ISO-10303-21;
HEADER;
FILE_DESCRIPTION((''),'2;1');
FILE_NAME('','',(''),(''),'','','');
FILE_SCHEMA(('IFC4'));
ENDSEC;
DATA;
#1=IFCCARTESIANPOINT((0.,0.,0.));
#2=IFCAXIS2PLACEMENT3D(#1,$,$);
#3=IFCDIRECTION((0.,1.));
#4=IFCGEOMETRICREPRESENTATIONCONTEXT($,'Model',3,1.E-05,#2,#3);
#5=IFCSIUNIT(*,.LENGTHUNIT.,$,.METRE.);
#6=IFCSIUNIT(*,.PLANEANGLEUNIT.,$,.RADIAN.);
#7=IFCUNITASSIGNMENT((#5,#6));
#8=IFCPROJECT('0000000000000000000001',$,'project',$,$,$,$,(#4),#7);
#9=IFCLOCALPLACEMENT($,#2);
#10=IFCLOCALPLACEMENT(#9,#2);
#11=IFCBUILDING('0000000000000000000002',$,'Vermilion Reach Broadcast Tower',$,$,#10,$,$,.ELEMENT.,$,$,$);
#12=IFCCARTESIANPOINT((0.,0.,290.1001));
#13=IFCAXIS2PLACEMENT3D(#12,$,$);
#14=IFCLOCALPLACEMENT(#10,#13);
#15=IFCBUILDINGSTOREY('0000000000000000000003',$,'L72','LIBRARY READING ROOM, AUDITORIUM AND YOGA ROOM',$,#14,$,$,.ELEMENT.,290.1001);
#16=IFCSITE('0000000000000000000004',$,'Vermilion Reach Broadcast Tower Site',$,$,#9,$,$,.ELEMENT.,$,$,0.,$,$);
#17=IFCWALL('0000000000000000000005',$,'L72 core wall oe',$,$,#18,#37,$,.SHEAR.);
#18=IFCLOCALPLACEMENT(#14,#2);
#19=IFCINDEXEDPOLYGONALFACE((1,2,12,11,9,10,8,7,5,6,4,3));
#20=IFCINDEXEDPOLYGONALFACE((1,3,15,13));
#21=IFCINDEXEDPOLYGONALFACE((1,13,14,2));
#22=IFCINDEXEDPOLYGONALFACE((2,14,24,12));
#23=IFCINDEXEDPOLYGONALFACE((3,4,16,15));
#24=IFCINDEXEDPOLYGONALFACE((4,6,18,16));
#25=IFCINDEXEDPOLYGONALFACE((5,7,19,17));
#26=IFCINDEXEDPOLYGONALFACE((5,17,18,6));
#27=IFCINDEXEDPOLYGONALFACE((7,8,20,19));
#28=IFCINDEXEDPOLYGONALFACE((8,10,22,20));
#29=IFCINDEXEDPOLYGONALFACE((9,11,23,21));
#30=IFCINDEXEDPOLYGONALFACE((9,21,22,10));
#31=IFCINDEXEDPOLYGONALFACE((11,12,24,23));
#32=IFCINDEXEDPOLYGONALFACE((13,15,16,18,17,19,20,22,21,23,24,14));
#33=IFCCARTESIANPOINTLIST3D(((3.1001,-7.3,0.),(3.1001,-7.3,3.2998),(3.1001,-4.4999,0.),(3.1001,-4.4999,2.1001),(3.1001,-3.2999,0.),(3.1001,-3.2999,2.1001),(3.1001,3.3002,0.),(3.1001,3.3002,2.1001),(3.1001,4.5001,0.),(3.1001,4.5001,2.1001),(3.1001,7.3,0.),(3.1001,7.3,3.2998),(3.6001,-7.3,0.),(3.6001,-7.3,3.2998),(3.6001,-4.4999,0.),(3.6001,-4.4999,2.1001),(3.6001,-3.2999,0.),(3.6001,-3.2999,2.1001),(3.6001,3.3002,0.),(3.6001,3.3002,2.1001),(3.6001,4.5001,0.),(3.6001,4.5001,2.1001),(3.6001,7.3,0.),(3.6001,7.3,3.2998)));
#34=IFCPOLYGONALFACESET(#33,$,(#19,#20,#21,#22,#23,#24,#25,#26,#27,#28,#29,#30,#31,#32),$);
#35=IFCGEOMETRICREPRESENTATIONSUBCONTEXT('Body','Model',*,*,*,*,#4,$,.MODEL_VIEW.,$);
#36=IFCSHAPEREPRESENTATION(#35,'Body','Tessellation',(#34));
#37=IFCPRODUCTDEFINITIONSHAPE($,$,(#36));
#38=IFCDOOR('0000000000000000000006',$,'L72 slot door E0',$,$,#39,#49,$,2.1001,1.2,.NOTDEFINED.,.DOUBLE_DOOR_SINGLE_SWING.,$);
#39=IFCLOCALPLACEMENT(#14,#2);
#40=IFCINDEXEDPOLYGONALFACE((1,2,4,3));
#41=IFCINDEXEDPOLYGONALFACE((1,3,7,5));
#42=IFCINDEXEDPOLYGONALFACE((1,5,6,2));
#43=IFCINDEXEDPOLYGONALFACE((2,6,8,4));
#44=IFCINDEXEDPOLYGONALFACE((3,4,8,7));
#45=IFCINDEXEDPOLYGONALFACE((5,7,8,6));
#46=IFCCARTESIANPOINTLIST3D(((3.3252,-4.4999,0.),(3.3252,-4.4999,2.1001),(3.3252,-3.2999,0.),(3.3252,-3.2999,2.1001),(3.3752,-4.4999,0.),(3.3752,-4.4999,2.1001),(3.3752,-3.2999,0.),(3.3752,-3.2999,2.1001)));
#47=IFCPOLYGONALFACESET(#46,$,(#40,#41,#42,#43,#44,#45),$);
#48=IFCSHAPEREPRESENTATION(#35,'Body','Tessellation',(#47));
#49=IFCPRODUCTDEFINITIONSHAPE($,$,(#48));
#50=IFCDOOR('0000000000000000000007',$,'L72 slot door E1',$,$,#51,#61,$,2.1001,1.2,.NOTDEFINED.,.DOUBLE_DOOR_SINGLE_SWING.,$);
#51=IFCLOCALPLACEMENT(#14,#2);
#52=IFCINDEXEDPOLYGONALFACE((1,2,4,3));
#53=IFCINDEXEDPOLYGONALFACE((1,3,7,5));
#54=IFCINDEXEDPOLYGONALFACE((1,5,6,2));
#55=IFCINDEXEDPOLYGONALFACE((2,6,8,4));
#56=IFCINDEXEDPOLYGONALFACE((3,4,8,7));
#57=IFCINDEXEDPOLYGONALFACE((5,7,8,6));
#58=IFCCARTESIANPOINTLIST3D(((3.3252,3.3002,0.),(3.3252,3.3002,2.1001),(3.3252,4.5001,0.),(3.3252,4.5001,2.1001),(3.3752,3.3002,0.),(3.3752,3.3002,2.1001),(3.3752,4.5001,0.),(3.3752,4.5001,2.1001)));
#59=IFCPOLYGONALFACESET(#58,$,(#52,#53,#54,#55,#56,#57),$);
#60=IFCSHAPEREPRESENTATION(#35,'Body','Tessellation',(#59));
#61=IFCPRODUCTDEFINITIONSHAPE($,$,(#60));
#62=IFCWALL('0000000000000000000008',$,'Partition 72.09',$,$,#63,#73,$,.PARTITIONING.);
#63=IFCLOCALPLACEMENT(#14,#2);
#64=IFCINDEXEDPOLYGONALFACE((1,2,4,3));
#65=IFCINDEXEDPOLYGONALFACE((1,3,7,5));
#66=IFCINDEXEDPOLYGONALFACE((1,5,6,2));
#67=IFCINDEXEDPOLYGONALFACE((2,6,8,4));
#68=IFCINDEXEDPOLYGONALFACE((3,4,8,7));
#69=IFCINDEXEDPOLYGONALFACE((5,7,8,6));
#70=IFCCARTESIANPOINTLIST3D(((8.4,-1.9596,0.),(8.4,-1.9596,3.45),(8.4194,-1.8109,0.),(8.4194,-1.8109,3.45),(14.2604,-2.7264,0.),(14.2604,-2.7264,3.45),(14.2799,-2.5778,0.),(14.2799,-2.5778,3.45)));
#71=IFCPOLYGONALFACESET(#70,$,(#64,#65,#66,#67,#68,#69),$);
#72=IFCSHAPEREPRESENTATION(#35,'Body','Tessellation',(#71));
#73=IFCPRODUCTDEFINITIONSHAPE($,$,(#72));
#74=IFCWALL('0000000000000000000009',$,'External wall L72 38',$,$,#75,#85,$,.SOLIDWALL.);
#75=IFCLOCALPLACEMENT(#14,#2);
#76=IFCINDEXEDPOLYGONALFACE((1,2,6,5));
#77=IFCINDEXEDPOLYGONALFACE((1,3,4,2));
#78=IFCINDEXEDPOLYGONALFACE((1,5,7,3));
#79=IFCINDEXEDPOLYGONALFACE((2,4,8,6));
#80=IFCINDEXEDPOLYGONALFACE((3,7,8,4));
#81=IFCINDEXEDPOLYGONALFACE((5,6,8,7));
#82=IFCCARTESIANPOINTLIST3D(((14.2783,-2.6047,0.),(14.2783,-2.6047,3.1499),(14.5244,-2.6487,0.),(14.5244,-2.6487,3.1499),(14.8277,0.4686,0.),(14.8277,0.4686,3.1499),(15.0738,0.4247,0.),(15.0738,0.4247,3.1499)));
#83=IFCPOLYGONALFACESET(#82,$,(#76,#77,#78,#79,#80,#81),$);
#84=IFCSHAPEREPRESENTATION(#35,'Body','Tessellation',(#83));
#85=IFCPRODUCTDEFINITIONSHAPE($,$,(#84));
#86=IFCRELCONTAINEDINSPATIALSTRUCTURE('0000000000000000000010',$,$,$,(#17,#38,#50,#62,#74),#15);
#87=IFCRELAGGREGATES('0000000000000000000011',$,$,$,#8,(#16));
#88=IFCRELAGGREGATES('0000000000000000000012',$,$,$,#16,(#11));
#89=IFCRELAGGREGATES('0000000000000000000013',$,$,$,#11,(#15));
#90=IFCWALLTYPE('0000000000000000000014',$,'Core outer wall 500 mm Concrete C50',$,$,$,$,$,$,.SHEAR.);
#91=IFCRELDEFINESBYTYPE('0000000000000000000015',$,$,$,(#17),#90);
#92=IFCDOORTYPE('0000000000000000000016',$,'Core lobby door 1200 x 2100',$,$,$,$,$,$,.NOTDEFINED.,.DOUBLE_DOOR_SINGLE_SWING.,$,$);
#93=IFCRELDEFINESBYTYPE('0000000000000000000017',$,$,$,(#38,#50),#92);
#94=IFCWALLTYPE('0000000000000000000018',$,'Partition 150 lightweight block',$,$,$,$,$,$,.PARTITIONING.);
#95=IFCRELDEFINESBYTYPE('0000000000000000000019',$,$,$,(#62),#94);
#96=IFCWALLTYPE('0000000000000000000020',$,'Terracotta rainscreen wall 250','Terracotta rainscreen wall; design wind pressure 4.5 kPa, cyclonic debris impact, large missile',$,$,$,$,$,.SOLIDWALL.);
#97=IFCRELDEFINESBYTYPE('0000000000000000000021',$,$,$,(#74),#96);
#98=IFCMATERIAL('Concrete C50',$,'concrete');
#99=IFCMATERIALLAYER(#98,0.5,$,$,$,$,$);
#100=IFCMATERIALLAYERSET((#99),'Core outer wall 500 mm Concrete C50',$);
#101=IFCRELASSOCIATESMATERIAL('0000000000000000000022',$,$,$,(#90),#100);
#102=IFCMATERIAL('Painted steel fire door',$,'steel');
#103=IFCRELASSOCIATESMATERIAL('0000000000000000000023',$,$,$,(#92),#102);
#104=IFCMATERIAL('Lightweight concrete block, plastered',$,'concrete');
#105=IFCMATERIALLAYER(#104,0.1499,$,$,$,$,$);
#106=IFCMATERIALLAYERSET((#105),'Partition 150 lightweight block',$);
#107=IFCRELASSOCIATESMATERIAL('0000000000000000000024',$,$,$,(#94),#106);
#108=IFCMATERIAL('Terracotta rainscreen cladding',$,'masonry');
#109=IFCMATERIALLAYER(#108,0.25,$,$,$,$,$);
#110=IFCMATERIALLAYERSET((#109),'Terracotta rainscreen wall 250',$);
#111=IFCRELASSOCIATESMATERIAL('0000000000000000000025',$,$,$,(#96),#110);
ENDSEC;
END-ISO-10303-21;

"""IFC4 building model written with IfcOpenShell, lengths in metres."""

from ifc_helpers import new_model, si_unit, direction, frame, frame_2d, origin, place, context, subcontext, project, spatial, rectangle, extrude, material, layer, layer_set, type_object, element, fill, save


model = new_model("IFC4")

# Units and contexts
model_context = context("Model", 3, precision=1e-05, world=origin(), true_north=direction((0.0, 1.0)))
body_context = subcontext(model_context, "Body", "Model", "MODEL_VIEW")
ifc_project = project(units=[si_unit("LENGTHUNIT", "METRE"), si_unit("PLANEANGLEUNIT", "RADIAN")], contexts=[model_context])

# Site, building, storey
site_placement = place(None, origin())
site = spatial("IfcSite", under=ifc_project, at=site_placement, Name="Vermilion Reach Broadcast Tower Site", CompositionType="ELEMENT", RefElevation=0.0)
building_placement = place(site_placement, origin())
building = spatial("IfcBuilding", under=site, at=building_placement, Name="Vermilion Reach Broadcast Tower", CompositionType="ELEMENT")
storey_placement = place(building_placement, frame((0.0, 0.0, 290.1001)))
storey = spatial("IfcBuildingStorey", under=building, at=storey_placement, Name="L72", Description="LIBRARY READING ROOM, AUDITORIUM AND YOGA ROOM", CompositionType="ELEMENT", Elevation=290.1001)

# Wall, openings, doors
ifc_material_1 = material(Name="Concrete C50", Category="concrete")
ifc_layer_1 = layer(ifc_material_1, 0.5)
ifc_layer_set_1 = layer_set([ifc_layer_1], Name="Core outer wall 500 mm Concrete C50")
wall_type_1 = type_object("IfcWallType", Name="Core outer wall 500 mm Concrete C50", PredefinedType="SHEAR", material=ifc_layer_set_1)
wall_1_placement = place(storey_placement, frame((3.3501, -7.3, 0.0), z_axis=(0.0, 0.0, 1.0), x_axis=(0.0, 1.0, 0.0)))
wall_1 = element("IfcWall", 1, at=wall_1_placement, inside=storey, type_object=wall_type_1, Name="L72 core wall oe", PredefinedType="SHEAR", context=body_context, shape_type="SweptSolid", body=[
    extrude(rectangle(XDim=14.6001, YDim=0.5, at=frame_2d((7.3, 0.0))), origin(), (0.0, 0.0, 1.0), 3.2998),
])
opening_1_placement = place(wall_1_placement, frame((2.8, 0.0, 0.0)))
opening_1 = element("IfcOpeningElement", 2, at=opening_1_placement, cuts=wall_1, PredefinedType="OPENING", context=body_context, shape_type="SweptSolid", body=[
    extrude(rectangle(XDim=1.2, YDim=2.1001, at=frame_2d((0.6001, 1.05))), frame((0.0, 0.26, 0.0), z_axis=(0.0, -1.0, 0.0), x_axis=(1.0, 0.0, 0.0)), (0.0, 0.0, 1.0), 0.52),
])
opening_2_placement = place(wall_1_placement, frame((10.6001, 0.0, 0.0)))
opening_2 = element("IfcOpeningElement", 3, at=opening_2_placement, cuts=wall_1, PredefinedType="OPENING", context=body_context, shape_type="SweptSolid", body=[
    extrude(rectangle(XDim=1.2, YDim=2.1001, at=frame_2d((0.6001, 1.05))), frame((0.0, 0.26, 0.0), z_axis=(0.0, -1.0, 0.0), x_axis=(1.0, 0.0, 0.0)), (0.0, 0.0, 1.0), 0.52),
])
ifc_material_2 = material(Name="Painted steel fire door", Category="steel")
door_type = type_object("IfcDoorType", Name="Core lobby door 1200 x 2100", OperationType="DOUBLE_DOOR_SINGLE_SWING", PredefinedType="NOTDEFINED", material=ifc_material_2)
door_1_placement = place(opening_1_placement, origin())
door_1 = element("IfcDoor", 4, at=door_1_placement, inside=storey, type_object=door_type, Name="L72 slot door E0", OperationType="DOUBLE_DOOR_SINGLE_SWING", OverallHeight=2.1001, OverallWidth=1.2, PredefinedType="NOTDEFINED", context=body_context, shape_type="SweptSolid", body=[
    extrude(rectangle(XDim=1.2, YDim=2.1001, at=frame_2d((0.6001, 1.05))), frame((0.0, 0.0249, 0.0), z_axis=(0.0, -1.0, 0.0), x_axis=(1.0, 0.0, 0.0)), (0.0, 0.0, 1.0), 0.05),
])
fill(opening_1, door_1)
door_2_placement = place(opening_2_placement, origin())
door_2 = element("IfcDoor", 5, at=door_2_placement, inside=storey, type_object=door_type, Name="L72 slot door E1", OperationType="DOUBLE_DOOR_SINGLE_SWING", OverallHeight=2.1001, OverallWidth=1.2, PredefinedType="NOTDEFINED", context=body_context, shape_type="SweptSolid", body=[
    extrude(rectangle(XDim=1.2, YDim=2.1001, at=frame_2d((0.6001, 1.05))), frame((0.0, 0.0249, 0.0), z_axis=(0.0, -1.0, 0.0), x_axis=(1.0, 0.0, 0.0)), (0.0, 0.0, 1.0), 0.05),
])
fill(opening_2, door_2)

# Walls
ifc_material_3 = material(Name="Lightweight concrete block, plastered", Category="concrete")
ifc_layer_2 = layer(ifc_material_3, 0.1499)
ifc_layer_set_2 = layer_set([ifc_layer_2], Name="Partition 150 lightweight block")
wall_type_2 = type_object("IfcWallType", Name="Partition 150 lightweight block", PredefinedType="PARTITIONING", material=ifc_layer_set_2)
wall_2_placement = place(storey_placement, frame((14.27, -2.6521, 0.0), z_axis=(0.0, 0.0, 1.0), x_axis=(-0.991547, 0.129747, 0.0)))
element("IfcWall", 6, at=wall_2_placement, inside=storey, type_object=wall_type_2, Name="Partition 72.09", PredefinedType="PARTITIONING", context=body_context, shape_type="SweptSolid", body=[
    extrude(rectangle(XDim=5.9104, YDim=0.1499, at=frame_2d((2.9551, 0.0))), origin(), (0.0, 0.0, 1.0), 3.45),
])
ifc_material_4 = material(Name="Terracotta rainscreen cladding", Category="masonry")
ifc_layer_3 = layer(ifc_material_4, 0.25)
ifc_layer_set_3 = layer_set([ifc_layer_3], Name="Terracotta rainscreen wall 250")
wall_type_3 = type_object("IfcWallType", Name="Terracotta rainscreen wall 250", Description="Terracotta rainscreen wall; design wind pressure 4.5 kPa, cyclonic debris impact, large missile", PredefinedType="SOLIDWALL", material=ifc_layer_set_3)
wall_3_placement = place(storey_placement, frame((14.4014, -2.6267, 0.0), z_axis=(0.0, 0.0, 1.0), x_axis=(0.175953, 0.984399, 0.0)))
element("IfcWall", 7, at=wall_3_placement, inside=storey, type_object=wall_type_3, Name="External wall L72 38", PredefinedType="SOLIDWALL", context=body_context, shape_type="SweptSolid", body=[
    extrude(rectangle(XDim=3.1221, YDim=0.25, at=frame_2d((1.561, 0.0))), origin(), (0.0, 0.0, 1.0), 3.1499),
])

save(model, "model.ifc")
